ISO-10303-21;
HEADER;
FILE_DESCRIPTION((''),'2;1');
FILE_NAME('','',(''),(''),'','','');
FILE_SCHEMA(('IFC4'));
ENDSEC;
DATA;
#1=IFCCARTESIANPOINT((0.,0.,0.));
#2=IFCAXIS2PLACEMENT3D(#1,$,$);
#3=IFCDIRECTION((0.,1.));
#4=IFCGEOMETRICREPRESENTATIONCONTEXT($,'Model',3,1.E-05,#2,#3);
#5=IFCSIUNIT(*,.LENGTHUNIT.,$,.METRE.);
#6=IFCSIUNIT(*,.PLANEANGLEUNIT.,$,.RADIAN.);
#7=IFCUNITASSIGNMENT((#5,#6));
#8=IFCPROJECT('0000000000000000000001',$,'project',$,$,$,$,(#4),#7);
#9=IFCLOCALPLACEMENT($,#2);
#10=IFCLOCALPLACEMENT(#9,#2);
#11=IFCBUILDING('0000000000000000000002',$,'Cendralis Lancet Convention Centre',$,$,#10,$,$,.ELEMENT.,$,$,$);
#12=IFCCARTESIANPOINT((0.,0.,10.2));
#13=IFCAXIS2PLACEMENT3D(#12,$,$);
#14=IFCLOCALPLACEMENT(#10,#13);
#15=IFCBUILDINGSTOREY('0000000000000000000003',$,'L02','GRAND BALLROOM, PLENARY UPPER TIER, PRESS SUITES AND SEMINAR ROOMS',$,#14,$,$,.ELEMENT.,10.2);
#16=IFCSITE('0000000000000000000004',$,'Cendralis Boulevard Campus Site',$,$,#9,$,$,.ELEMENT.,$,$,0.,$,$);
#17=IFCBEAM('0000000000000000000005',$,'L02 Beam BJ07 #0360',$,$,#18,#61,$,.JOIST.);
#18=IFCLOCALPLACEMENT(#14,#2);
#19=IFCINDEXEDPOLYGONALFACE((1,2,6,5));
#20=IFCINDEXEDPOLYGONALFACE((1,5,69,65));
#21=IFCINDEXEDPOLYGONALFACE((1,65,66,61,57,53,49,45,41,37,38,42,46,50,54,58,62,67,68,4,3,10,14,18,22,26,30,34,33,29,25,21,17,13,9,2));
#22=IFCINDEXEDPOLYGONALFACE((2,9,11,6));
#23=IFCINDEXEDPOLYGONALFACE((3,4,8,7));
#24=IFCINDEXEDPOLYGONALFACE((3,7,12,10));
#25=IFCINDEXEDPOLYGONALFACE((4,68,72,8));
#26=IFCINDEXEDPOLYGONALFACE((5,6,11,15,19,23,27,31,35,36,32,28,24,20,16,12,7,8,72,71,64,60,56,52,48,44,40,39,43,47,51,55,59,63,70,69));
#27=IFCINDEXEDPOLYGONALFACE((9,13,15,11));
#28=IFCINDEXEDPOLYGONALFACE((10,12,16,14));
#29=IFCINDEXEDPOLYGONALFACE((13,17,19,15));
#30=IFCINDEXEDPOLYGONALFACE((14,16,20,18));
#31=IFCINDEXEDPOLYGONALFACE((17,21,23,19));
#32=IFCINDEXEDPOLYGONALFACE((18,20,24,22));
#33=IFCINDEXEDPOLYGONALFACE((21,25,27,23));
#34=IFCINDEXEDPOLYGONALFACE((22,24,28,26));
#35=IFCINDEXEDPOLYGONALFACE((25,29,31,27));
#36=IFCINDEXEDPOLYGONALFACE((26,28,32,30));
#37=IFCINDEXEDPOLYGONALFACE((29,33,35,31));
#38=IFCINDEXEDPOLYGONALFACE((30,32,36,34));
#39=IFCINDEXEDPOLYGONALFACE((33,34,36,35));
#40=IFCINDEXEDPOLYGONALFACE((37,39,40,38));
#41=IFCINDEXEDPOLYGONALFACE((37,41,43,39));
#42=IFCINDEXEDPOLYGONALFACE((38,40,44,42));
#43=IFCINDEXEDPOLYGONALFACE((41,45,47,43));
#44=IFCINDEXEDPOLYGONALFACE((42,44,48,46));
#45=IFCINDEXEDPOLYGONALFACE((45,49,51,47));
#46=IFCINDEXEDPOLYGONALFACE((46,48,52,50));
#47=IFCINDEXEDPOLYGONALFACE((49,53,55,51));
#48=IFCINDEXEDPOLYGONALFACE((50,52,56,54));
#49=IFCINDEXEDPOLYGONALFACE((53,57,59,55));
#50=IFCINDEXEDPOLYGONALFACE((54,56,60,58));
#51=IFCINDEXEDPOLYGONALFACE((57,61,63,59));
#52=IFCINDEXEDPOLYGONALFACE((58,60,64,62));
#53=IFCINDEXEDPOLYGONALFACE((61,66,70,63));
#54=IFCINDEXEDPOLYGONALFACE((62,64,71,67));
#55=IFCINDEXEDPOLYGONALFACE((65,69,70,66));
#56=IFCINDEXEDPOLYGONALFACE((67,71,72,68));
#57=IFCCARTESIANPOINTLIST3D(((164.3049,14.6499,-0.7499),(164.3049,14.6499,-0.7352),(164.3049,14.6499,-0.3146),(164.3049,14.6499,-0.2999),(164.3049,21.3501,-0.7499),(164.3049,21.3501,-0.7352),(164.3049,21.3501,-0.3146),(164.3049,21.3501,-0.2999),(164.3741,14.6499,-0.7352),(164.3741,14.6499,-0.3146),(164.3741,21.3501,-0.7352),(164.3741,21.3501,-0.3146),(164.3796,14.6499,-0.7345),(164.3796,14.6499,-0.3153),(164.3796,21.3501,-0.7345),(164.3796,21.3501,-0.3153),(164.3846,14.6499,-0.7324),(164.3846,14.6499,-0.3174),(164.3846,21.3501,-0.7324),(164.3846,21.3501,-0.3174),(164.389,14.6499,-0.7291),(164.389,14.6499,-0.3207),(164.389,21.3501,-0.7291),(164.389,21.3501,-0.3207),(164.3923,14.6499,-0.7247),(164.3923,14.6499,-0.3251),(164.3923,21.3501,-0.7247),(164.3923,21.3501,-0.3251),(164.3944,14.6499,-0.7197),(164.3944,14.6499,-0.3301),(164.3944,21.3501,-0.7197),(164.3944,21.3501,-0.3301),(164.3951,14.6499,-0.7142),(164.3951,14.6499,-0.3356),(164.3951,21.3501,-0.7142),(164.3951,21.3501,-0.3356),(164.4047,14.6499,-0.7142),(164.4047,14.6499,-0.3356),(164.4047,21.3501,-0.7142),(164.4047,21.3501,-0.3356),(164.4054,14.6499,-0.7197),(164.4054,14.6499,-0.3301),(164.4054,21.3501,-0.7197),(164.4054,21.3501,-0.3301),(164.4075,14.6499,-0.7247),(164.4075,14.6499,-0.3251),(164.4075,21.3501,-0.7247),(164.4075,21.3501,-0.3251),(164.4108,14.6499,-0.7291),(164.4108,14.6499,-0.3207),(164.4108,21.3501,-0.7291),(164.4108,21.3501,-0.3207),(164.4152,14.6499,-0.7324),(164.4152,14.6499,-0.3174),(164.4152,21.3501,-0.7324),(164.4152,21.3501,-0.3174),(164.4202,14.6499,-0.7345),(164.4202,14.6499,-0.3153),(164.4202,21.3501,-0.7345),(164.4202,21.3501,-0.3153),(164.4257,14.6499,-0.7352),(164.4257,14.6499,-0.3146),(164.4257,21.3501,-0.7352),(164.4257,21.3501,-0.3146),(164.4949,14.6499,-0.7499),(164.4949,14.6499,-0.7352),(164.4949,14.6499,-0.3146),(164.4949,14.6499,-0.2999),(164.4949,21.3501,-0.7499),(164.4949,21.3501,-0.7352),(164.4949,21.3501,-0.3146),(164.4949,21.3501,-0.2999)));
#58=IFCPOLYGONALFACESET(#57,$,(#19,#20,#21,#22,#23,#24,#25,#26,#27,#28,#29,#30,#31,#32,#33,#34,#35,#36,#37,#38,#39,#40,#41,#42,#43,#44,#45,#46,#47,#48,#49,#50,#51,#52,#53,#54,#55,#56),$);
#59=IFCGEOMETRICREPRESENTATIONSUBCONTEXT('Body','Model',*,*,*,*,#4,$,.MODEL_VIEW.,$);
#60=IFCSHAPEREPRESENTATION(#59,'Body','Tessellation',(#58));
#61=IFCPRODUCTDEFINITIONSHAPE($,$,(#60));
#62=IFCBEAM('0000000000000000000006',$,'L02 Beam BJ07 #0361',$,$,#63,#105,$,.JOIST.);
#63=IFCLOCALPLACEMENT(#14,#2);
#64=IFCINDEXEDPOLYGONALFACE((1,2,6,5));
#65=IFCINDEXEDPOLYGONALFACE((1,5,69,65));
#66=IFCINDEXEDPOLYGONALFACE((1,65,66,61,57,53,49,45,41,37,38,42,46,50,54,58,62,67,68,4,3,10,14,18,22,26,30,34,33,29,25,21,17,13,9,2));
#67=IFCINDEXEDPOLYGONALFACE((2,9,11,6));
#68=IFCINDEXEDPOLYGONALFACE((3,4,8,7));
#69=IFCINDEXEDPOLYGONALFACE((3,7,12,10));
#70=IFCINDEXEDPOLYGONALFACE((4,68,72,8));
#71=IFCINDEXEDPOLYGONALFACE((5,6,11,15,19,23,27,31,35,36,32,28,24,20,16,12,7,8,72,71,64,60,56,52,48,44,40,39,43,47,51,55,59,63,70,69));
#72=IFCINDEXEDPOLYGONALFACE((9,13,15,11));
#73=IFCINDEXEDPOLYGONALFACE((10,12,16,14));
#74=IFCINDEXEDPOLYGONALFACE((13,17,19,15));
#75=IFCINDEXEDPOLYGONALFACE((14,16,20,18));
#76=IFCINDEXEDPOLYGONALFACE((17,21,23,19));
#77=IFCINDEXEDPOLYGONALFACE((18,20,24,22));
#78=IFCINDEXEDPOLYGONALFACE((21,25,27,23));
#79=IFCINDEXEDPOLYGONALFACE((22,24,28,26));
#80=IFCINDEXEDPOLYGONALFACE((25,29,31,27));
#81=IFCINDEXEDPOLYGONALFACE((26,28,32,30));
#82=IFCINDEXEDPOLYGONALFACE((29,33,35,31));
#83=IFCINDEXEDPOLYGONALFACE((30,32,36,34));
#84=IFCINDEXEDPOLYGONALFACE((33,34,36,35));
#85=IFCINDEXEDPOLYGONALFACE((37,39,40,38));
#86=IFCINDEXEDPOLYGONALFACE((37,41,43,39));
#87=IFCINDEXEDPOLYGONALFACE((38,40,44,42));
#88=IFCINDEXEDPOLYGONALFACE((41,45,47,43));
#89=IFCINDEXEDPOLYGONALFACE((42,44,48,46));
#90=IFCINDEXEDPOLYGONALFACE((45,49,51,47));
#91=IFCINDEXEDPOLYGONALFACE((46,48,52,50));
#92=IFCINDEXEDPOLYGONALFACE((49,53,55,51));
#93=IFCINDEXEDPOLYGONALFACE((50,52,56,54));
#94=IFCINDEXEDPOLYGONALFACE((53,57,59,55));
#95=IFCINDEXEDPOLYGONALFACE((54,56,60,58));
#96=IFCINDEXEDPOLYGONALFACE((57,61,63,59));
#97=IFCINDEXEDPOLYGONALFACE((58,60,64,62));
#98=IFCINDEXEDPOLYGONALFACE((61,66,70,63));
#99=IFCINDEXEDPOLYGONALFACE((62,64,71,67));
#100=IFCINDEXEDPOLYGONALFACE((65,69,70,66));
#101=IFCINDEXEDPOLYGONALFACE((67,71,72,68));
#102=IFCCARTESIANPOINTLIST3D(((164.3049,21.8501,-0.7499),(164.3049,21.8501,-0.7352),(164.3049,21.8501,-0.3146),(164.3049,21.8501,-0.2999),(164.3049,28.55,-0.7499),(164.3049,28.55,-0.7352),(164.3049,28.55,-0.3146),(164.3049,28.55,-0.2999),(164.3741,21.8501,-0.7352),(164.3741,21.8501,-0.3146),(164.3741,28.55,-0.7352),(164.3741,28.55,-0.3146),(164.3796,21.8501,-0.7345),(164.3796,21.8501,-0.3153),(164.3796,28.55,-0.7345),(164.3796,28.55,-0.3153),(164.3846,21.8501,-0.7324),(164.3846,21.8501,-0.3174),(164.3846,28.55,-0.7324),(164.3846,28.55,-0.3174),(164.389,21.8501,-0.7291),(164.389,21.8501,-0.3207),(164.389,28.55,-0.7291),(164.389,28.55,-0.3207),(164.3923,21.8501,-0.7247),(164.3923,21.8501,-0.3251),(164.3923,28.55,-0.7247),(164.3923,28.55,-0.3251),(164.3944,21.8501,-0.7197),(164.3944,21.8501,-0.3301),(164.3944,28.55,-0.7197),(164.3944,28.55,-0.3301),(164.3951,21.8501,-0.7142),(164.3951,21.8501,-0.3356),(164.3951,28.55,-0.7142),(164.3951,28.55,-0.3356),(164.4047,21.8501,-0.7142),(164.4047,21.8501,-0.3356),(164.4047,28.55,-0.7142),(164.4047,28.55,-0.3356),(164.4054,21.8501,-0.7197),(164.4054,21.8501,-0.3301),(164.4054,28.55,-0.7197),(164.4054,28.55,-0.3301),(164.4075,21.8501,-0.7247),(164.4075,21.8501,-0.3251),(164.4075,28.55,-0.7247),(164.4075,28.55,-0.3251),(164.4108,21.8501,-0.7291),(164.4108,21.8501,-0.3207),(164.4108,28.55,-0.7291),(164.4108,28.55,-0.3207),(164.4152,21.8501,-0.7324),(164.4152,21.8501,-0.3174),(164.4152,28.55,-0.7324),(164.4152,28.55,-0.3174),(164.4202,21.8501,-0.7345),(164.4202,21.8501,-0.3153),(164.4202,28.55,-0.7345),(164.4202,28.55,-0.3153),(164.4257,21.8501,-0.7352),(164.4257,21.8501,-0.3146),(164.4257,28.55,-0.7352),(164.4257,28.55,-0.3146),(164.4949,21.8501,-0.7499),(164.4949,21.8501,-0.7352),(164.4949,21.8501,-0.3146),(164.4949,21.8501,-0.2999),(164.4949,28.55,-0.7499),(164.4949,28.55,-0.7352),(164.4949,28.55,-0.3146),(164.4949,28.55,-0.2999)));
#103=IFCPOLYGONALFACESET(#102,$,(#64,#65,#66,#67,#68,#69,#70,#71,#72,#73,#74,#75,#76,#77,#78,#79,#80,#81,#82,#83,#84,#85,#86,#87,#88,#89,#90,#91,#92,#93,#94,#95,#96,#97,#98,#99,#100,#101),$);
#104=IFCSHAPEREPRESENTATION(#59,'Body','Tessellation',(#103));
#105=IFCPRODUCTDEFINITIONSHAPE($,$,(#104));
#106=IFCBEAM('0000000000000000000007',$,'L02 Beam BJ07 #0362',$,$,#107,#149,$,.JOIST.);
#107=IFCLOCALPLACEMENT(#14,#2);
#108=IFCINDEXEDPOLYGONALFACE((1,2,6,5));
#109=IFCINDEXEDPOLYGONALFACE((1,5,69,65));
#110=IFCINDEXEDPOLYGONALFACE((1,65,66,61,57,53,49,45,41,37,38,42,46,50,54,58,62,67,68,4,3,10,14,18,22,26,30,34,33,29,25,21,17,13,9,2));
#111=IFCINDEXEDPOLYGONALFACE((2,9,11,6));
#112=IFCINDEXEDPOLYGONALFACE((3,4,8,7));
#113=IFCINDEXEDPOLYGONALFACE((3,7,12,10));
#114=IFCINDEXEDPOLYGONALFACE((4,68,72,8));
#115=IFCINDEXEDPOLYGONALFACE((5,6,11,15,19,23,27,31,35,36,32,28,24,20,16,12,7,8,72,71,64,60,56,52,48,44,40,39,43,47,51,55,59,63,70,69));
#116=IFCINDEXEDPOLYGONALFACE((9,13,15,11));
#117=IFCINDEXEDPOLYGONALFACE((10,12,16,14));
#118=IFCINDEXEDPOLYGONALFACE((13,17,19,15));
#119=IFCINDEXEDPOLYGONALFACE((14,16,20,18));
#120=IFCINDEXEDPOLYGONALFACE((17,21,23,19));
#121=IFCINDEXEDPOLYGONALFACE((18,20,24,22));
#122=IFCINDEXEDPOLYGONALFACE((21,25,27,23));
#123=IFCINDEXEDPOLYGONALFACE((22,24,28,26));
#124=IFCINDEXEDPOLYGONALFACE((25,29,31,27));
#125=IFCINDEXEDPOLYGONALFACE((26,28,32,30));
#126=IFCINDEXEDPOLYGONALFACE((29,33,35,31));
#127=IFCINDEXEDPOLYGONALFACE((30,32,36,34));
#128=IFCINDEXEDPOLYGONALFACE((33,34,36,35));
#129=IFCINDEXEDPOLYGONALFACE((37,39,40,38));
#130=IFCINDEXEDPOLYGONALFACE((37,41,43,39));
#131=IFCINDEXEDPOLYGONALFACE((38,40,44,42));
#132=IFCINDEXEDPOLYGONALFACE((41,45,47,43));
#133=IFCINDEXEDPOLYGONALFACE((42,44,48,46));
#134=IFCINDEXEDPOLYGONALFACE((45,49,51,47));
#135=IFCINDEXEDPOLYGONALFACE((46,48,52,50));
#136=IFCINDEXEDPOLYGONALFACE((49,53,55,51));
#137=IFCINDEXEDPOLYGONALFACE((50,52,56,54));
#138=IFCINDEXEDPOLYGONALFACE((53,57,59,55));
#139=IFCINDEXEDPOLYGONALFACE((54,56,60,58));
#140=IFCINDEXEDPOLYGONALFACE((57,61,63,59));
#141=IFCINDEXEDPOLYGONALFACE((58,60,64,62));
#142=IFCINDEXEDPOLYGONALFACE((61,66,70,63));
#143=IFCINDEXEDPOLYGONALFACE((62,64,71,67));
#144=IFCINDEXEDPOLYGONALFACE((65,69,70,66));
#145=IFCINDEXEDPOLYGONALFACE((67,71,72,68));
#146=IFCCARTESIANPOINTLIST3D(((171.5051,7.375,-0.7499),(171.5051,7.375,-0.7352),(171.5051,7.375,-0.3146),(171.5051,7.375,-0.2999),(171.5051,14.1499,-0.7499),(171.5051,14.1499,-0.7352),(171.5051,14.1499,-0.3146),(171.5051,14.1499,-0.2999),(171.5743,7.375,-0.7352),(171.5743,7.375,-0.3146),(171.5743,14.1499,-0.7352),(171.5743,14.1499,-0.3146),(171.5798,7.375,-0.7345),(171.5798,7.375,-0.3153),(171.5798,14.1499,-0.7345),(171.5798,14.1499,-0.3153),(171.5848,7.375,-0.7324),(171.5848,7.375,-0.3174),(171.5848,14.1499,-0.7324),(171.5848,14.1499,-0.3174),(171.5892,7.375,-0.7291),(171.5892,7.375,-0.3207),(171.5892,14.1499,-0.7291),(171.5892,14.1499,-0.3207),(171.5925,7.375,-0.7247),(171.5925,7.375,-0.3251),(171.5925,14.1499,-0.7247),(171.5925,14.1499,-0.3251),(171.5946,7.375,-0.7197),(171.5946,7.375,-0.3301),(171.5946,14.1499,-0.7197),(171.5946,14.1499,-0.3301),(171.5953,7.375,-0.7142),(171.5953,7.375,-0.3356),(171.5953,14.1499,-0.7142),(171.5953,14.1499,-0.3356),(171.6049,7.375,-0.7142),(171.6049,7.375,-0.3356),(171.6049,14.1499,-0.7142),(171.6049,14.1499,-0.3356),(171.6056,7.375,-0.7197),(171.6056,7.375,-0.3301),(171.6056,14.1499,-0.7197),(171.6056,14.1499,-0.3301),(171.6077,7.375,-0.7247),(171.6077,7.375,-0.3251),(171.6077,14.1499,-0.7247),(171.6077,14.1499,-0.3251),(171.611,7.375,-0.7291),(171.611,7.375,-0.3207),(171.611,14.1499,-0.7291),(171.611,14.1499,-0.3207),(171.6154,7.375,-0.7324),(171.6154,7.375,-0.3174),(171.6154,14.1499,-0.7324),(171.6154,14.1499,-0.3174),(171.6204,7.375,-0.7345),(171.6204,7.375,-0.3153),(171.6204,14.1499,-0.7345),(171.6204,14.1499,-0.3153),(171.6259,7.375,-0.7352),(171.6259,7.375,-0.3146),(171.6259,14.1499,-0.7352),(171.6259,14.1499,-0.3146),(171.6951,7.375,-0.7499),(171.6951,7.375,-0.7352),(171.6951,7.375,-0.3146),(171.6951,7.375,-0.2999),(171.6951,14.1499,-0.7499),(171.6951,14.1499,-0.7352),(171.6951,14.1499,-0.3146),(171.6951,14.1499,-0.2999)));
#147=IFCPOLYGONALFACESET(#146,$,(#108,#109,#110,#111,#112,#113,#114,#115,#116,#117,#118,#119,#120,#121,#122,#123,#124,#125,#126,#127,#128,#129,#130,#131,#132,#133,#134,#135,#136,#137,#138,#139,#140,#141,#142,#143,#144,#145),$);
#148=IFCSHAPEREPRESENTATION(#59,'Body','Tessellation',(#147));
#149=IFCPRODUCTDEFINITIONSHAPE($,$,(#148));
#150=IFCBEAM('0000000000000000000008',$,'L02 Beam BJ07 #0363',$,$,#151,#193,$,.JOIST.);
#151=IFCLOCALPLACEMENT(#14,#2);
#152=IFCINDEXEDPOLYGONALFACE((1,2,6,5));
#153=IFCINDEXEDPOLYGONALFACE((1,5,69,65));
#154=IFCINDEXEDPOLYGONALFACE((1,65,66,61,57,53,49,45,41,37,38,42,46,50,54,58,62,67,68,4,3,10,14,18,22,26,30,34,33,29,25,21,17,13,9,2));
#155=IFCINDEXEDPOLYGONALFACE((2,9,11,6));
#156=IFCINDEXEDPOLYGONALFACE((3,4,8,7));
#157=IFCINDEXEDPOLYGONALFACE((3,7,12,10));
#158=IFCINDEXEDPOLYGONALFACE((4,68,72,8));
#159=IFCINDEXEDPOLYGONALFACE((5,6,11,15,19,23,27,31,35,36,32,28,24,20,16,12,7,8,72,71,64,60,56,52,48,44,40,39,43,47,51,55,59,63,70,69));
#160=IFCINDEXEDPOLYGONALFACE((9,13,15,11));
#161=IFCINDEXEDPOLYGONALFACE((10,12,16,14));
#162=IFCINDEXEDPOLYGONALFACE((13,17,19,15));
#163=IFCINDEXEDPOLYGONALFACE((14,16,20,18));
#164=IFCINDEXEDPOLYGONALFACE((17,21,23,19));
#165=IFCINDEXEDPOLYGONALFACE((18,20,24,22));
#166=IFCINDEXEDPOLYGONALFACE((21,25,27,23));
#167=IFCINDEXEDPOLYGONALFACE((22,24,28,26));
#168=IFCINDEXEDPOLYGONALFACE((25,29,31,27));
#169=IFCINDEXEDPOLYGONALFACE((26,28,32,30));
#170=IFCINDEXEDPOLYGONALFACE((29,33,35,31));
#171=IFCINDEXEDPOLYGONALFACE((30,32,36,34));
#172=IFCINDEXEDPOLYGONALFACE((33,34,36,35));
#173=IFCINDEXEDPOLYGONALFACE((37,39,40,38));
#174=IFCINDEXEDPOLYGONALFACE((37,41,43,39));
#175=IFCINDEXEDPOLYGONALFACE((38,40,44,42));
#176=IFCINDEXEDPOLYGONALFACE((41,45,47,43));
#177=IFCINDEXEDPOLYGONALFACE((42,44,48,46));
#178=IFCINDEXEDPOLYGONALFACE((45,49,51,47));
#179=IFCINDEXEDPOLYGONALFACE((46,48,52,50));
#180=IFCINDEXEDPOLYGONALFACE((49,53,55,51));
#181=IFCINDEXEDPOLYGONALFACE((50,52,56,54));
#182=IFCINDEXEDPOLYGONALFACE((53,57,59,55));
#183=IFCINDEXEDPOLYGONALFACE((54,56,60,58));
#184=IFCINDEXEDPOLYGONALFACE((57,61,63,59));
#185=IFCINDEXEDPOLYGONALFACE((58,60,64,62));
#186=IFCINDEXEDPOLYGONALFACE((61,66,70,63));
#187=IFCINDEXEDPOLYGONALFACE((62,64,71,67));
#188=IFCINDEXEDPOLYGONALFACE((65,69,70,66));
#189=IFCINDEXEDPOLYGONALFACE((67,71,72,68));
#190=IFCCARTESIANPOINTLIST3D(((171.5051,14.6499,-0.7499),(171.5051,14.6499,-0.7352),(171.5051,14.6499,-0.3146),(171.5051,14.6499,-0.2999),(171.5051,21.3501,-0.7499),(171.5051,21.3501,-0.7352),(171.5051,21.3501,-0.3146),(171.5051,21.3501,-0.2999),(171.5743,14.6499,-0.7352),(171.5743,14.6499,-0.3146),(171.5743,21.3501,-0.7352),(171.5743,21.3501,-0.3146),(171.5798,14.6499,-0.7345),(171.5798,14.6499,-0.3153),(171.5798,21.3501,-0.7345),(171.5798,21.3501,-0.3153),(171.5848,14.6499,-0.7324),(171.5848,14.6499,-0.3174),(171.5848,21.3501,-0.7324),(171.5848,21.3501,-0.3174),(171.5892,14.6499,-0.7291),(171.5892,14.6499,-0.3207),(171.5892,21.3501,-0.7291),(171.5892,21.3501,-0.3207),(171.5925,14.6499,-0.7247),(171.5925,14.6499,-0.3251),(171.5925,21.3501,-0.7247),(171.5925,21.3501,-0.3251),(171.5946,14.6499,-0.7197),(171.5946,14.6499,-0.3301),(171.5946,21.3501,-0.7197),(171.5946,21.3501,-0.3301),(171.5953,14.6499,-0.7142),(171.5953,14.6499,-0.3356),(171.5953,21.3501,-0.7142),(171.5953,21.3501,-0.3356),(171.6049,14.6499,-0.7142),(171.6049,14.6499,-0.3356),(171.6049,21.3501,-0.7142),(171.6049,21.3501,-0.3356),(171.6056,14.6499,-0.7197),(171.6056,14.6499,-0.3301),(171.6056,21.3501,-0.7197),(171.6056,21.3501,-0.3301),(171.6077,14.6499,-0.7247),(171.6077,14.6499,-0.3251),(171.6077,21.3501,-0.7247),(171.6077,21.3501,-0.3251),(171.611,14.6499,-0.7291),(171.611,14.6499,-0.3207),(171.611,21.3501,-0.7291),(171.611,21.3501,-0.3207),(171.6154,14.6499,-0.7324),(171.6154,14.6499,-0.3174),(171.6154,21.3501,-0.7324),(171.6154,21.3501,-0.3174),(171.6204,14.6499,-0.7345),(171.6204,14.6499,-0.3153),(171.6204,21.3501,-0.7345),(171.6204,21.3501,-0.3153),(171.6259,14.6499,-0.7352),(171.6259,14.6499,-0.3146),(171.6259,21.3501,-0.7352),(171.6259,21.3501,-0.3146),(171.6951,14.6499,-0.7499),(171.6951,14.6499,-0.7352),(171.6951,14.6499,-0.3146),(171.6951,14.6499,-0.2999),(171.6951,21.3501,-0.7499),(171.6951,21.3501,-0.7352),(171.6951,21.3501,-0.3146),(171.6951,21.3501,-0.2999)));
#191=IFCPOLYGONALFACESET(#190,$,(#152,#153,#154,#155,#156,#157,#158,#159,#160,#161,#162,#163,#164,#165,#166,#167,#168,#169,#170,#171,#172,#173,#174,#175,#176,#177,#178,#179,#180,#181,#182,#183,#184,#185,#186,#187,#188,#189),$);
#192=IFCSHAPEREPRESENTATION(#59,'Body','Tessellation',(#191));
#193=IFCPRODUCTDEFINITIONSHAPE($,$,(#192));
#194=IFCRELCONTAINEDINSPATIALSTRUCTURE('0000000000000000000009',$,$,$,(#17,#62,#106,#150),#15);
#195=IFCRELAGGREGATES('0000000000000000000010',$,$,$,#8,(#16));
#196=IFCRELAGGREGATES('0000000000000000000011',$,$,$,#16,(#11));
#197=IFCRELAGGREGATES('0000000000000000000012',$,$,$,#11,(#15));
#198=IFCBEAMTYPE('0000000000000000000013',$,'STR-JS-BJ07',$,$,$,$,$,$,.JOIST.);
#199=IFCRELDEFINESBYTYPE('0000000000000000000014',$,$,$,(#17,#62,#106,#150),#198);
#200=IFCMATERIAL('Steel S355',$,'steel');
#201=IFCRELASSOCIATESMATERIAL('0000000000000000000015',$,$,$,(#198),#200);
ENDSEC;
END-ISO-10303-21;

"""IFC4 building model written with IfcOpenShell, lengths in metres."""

from ifc_helpers import new_model, si_unit, direction, frame, origin, origin_2d, place, context, subcontext, project, spatial, i_section, extrude, material, material_profile, profile_set, type_object, element, save


model = new_model("IFC4")

# Units and contexts
model_context = context("Model", 3, precision=1e-05, world=origin(), true_north=direction((0.0, 1.0)))
body_context = subcontext(model_context, "Body", "Model", "MODEL_VIEW")
ifc_project = project(units=[si_unit("LENGTHUNIT", "METRE"), si_unit("PLANEANGLEUNIT", "RADIAN")], contexts=[model_context])

# Site, building, storey
site_placement = place(None, origin())
site = spatial("IfcSite", under=ifc_project, at=site_placement, Name="Cendralis Boulevard Campus Site", CompositionType="ELEMENT", RefElevation=0.0)
building_placement = place(site_placement, origin())
building = spatial("IfcBuilding", under=site, at=building_placement, Name="Cendralis Lancet Convention Centre", CompositionType="ELEMENT")
storey_placement = place(building_placement, frame((0.0, 0.0, 10.2)))
storey = spatial("IfcBuildingStorey", under=building, at=storey_placement, Name="L02", Description="GRAND BALLROOM, PLENARY UPPER TIER, PRESS SUITES AND SEMINAR ROOMS", CompositionType="ELEMENT", Elevation=10.2)

# Beams
ifc_material_1 = material(Name="Steel S355", Category="steel")
ifc_material_profile_1 = material_profile(ifc_material_1, i_section(OverallWidth=0.1899, OverallDepth=0.45, WebThickness=0.0095, FlangeThickness=0.0146, FilletRadius=0.021, at=origin_2d()), Name="IPE 450")
ifc_profile_set_1 = profile_set([ifc_material_profile_1], Name="Steel S355")
beam_type_1 = type_object("IfcBeamType", Name="STR-JS-BJ07", PredefinedType="JOIST", material=ifc_profile_set_1)
beam_1_placement = place(storey_placement, frame((164.3999, 14.6499, -0.5249), z_axis=(0.0, 1.0, 0.0), x_axis=(-1.0, 0.0, 0.0)))
element("IfcBeam", 1, at=beam_1_placement, inside=storey, type_object=beam_type_1, Name="L02 Beam BJ07 #0360", PredefinedType="JOIST", context=body_context, shape_type="SweptSolid", body=[
    extrude(i_section(OverallWidth=0.1899, OverallDepth=0.45, WebThickness=0.0095, FlangeThickness=0.0146, FilletRadius=0.021, at=origin_2d()), origin(), (0.0, 0.0, 1.0), 6.7002),
])
beam_2_placement = place(storey_placement, frame((164.3999, 21.8501, -0.5249), z_axis=(0.0, 1.0, 0.0), x_axis=(-1.0, 0.0, 0.0)))
element("IfcBeam", 2, at=beam_2_placement, inside=storey, type_object=beam_type_1, Name="L02 Beam BJ07 #0361", PredefinedType="JOIST", context=body_context, shape_type="SweptSolid", body=[
    extrude(i_section(OverallWidth=0.1899, OverallDepth=0.45, WebThickness=0.0095, FlangeThickness=0.0146, FilletRadius=0.021, at=origin_2d()), origin(), (0.0, 0.0, 1.0), 6.7),
])
beam_3_placement = place(storey_placement, frame((171.6001, 7.375, -0.5249), z_axis=(0.0, 1.0, 0.0), x_axis=(-1.0, 0.0, 0.0)))
element("IfcBeam", 3, at=beam_3_placement, inside=storey, type_object=beam_type_1, Name="L02 Beam BJ07 #0362", PredefinedType="JOIST", context=body_context, shape_type="SweptSolid", body=[
    extrude(i_section(OverallWidth=0.1899, OverallDepth=0.45, WebThickness=0.0095, FlangeThickness=0.0146, FilletRadius=0.021, at=origin_2d()), origin(), (0.0, 0.0, 1.0), 6.7749),
])
beam_4_placement = place(storey_placement, frame((171.6001, 14.6499, -0.5249), z_axis=(0.0, 1.0, 0.0), x_axis=(-1.0, 0.0, 0.0)))
element("IfcBeam", 4, at=beam_4_placement, inside=storey, type_object=beam_type_1, Name="L02 Beam BJ07 #0363", PredefinedType="JOIST", context=body_context, shape_type="SweptSolid", body=[
    extrude(i_section(OverallWidth=0.1899, OverallDepth=0.45, WebThickness=0.0095, FlangeThickness=0.0146, FilletRadius=0.021, at=origin_2d()), origin(), (0.0, 0.0, 1.0), 6.7002),
])

save(model, "model.ifc")
